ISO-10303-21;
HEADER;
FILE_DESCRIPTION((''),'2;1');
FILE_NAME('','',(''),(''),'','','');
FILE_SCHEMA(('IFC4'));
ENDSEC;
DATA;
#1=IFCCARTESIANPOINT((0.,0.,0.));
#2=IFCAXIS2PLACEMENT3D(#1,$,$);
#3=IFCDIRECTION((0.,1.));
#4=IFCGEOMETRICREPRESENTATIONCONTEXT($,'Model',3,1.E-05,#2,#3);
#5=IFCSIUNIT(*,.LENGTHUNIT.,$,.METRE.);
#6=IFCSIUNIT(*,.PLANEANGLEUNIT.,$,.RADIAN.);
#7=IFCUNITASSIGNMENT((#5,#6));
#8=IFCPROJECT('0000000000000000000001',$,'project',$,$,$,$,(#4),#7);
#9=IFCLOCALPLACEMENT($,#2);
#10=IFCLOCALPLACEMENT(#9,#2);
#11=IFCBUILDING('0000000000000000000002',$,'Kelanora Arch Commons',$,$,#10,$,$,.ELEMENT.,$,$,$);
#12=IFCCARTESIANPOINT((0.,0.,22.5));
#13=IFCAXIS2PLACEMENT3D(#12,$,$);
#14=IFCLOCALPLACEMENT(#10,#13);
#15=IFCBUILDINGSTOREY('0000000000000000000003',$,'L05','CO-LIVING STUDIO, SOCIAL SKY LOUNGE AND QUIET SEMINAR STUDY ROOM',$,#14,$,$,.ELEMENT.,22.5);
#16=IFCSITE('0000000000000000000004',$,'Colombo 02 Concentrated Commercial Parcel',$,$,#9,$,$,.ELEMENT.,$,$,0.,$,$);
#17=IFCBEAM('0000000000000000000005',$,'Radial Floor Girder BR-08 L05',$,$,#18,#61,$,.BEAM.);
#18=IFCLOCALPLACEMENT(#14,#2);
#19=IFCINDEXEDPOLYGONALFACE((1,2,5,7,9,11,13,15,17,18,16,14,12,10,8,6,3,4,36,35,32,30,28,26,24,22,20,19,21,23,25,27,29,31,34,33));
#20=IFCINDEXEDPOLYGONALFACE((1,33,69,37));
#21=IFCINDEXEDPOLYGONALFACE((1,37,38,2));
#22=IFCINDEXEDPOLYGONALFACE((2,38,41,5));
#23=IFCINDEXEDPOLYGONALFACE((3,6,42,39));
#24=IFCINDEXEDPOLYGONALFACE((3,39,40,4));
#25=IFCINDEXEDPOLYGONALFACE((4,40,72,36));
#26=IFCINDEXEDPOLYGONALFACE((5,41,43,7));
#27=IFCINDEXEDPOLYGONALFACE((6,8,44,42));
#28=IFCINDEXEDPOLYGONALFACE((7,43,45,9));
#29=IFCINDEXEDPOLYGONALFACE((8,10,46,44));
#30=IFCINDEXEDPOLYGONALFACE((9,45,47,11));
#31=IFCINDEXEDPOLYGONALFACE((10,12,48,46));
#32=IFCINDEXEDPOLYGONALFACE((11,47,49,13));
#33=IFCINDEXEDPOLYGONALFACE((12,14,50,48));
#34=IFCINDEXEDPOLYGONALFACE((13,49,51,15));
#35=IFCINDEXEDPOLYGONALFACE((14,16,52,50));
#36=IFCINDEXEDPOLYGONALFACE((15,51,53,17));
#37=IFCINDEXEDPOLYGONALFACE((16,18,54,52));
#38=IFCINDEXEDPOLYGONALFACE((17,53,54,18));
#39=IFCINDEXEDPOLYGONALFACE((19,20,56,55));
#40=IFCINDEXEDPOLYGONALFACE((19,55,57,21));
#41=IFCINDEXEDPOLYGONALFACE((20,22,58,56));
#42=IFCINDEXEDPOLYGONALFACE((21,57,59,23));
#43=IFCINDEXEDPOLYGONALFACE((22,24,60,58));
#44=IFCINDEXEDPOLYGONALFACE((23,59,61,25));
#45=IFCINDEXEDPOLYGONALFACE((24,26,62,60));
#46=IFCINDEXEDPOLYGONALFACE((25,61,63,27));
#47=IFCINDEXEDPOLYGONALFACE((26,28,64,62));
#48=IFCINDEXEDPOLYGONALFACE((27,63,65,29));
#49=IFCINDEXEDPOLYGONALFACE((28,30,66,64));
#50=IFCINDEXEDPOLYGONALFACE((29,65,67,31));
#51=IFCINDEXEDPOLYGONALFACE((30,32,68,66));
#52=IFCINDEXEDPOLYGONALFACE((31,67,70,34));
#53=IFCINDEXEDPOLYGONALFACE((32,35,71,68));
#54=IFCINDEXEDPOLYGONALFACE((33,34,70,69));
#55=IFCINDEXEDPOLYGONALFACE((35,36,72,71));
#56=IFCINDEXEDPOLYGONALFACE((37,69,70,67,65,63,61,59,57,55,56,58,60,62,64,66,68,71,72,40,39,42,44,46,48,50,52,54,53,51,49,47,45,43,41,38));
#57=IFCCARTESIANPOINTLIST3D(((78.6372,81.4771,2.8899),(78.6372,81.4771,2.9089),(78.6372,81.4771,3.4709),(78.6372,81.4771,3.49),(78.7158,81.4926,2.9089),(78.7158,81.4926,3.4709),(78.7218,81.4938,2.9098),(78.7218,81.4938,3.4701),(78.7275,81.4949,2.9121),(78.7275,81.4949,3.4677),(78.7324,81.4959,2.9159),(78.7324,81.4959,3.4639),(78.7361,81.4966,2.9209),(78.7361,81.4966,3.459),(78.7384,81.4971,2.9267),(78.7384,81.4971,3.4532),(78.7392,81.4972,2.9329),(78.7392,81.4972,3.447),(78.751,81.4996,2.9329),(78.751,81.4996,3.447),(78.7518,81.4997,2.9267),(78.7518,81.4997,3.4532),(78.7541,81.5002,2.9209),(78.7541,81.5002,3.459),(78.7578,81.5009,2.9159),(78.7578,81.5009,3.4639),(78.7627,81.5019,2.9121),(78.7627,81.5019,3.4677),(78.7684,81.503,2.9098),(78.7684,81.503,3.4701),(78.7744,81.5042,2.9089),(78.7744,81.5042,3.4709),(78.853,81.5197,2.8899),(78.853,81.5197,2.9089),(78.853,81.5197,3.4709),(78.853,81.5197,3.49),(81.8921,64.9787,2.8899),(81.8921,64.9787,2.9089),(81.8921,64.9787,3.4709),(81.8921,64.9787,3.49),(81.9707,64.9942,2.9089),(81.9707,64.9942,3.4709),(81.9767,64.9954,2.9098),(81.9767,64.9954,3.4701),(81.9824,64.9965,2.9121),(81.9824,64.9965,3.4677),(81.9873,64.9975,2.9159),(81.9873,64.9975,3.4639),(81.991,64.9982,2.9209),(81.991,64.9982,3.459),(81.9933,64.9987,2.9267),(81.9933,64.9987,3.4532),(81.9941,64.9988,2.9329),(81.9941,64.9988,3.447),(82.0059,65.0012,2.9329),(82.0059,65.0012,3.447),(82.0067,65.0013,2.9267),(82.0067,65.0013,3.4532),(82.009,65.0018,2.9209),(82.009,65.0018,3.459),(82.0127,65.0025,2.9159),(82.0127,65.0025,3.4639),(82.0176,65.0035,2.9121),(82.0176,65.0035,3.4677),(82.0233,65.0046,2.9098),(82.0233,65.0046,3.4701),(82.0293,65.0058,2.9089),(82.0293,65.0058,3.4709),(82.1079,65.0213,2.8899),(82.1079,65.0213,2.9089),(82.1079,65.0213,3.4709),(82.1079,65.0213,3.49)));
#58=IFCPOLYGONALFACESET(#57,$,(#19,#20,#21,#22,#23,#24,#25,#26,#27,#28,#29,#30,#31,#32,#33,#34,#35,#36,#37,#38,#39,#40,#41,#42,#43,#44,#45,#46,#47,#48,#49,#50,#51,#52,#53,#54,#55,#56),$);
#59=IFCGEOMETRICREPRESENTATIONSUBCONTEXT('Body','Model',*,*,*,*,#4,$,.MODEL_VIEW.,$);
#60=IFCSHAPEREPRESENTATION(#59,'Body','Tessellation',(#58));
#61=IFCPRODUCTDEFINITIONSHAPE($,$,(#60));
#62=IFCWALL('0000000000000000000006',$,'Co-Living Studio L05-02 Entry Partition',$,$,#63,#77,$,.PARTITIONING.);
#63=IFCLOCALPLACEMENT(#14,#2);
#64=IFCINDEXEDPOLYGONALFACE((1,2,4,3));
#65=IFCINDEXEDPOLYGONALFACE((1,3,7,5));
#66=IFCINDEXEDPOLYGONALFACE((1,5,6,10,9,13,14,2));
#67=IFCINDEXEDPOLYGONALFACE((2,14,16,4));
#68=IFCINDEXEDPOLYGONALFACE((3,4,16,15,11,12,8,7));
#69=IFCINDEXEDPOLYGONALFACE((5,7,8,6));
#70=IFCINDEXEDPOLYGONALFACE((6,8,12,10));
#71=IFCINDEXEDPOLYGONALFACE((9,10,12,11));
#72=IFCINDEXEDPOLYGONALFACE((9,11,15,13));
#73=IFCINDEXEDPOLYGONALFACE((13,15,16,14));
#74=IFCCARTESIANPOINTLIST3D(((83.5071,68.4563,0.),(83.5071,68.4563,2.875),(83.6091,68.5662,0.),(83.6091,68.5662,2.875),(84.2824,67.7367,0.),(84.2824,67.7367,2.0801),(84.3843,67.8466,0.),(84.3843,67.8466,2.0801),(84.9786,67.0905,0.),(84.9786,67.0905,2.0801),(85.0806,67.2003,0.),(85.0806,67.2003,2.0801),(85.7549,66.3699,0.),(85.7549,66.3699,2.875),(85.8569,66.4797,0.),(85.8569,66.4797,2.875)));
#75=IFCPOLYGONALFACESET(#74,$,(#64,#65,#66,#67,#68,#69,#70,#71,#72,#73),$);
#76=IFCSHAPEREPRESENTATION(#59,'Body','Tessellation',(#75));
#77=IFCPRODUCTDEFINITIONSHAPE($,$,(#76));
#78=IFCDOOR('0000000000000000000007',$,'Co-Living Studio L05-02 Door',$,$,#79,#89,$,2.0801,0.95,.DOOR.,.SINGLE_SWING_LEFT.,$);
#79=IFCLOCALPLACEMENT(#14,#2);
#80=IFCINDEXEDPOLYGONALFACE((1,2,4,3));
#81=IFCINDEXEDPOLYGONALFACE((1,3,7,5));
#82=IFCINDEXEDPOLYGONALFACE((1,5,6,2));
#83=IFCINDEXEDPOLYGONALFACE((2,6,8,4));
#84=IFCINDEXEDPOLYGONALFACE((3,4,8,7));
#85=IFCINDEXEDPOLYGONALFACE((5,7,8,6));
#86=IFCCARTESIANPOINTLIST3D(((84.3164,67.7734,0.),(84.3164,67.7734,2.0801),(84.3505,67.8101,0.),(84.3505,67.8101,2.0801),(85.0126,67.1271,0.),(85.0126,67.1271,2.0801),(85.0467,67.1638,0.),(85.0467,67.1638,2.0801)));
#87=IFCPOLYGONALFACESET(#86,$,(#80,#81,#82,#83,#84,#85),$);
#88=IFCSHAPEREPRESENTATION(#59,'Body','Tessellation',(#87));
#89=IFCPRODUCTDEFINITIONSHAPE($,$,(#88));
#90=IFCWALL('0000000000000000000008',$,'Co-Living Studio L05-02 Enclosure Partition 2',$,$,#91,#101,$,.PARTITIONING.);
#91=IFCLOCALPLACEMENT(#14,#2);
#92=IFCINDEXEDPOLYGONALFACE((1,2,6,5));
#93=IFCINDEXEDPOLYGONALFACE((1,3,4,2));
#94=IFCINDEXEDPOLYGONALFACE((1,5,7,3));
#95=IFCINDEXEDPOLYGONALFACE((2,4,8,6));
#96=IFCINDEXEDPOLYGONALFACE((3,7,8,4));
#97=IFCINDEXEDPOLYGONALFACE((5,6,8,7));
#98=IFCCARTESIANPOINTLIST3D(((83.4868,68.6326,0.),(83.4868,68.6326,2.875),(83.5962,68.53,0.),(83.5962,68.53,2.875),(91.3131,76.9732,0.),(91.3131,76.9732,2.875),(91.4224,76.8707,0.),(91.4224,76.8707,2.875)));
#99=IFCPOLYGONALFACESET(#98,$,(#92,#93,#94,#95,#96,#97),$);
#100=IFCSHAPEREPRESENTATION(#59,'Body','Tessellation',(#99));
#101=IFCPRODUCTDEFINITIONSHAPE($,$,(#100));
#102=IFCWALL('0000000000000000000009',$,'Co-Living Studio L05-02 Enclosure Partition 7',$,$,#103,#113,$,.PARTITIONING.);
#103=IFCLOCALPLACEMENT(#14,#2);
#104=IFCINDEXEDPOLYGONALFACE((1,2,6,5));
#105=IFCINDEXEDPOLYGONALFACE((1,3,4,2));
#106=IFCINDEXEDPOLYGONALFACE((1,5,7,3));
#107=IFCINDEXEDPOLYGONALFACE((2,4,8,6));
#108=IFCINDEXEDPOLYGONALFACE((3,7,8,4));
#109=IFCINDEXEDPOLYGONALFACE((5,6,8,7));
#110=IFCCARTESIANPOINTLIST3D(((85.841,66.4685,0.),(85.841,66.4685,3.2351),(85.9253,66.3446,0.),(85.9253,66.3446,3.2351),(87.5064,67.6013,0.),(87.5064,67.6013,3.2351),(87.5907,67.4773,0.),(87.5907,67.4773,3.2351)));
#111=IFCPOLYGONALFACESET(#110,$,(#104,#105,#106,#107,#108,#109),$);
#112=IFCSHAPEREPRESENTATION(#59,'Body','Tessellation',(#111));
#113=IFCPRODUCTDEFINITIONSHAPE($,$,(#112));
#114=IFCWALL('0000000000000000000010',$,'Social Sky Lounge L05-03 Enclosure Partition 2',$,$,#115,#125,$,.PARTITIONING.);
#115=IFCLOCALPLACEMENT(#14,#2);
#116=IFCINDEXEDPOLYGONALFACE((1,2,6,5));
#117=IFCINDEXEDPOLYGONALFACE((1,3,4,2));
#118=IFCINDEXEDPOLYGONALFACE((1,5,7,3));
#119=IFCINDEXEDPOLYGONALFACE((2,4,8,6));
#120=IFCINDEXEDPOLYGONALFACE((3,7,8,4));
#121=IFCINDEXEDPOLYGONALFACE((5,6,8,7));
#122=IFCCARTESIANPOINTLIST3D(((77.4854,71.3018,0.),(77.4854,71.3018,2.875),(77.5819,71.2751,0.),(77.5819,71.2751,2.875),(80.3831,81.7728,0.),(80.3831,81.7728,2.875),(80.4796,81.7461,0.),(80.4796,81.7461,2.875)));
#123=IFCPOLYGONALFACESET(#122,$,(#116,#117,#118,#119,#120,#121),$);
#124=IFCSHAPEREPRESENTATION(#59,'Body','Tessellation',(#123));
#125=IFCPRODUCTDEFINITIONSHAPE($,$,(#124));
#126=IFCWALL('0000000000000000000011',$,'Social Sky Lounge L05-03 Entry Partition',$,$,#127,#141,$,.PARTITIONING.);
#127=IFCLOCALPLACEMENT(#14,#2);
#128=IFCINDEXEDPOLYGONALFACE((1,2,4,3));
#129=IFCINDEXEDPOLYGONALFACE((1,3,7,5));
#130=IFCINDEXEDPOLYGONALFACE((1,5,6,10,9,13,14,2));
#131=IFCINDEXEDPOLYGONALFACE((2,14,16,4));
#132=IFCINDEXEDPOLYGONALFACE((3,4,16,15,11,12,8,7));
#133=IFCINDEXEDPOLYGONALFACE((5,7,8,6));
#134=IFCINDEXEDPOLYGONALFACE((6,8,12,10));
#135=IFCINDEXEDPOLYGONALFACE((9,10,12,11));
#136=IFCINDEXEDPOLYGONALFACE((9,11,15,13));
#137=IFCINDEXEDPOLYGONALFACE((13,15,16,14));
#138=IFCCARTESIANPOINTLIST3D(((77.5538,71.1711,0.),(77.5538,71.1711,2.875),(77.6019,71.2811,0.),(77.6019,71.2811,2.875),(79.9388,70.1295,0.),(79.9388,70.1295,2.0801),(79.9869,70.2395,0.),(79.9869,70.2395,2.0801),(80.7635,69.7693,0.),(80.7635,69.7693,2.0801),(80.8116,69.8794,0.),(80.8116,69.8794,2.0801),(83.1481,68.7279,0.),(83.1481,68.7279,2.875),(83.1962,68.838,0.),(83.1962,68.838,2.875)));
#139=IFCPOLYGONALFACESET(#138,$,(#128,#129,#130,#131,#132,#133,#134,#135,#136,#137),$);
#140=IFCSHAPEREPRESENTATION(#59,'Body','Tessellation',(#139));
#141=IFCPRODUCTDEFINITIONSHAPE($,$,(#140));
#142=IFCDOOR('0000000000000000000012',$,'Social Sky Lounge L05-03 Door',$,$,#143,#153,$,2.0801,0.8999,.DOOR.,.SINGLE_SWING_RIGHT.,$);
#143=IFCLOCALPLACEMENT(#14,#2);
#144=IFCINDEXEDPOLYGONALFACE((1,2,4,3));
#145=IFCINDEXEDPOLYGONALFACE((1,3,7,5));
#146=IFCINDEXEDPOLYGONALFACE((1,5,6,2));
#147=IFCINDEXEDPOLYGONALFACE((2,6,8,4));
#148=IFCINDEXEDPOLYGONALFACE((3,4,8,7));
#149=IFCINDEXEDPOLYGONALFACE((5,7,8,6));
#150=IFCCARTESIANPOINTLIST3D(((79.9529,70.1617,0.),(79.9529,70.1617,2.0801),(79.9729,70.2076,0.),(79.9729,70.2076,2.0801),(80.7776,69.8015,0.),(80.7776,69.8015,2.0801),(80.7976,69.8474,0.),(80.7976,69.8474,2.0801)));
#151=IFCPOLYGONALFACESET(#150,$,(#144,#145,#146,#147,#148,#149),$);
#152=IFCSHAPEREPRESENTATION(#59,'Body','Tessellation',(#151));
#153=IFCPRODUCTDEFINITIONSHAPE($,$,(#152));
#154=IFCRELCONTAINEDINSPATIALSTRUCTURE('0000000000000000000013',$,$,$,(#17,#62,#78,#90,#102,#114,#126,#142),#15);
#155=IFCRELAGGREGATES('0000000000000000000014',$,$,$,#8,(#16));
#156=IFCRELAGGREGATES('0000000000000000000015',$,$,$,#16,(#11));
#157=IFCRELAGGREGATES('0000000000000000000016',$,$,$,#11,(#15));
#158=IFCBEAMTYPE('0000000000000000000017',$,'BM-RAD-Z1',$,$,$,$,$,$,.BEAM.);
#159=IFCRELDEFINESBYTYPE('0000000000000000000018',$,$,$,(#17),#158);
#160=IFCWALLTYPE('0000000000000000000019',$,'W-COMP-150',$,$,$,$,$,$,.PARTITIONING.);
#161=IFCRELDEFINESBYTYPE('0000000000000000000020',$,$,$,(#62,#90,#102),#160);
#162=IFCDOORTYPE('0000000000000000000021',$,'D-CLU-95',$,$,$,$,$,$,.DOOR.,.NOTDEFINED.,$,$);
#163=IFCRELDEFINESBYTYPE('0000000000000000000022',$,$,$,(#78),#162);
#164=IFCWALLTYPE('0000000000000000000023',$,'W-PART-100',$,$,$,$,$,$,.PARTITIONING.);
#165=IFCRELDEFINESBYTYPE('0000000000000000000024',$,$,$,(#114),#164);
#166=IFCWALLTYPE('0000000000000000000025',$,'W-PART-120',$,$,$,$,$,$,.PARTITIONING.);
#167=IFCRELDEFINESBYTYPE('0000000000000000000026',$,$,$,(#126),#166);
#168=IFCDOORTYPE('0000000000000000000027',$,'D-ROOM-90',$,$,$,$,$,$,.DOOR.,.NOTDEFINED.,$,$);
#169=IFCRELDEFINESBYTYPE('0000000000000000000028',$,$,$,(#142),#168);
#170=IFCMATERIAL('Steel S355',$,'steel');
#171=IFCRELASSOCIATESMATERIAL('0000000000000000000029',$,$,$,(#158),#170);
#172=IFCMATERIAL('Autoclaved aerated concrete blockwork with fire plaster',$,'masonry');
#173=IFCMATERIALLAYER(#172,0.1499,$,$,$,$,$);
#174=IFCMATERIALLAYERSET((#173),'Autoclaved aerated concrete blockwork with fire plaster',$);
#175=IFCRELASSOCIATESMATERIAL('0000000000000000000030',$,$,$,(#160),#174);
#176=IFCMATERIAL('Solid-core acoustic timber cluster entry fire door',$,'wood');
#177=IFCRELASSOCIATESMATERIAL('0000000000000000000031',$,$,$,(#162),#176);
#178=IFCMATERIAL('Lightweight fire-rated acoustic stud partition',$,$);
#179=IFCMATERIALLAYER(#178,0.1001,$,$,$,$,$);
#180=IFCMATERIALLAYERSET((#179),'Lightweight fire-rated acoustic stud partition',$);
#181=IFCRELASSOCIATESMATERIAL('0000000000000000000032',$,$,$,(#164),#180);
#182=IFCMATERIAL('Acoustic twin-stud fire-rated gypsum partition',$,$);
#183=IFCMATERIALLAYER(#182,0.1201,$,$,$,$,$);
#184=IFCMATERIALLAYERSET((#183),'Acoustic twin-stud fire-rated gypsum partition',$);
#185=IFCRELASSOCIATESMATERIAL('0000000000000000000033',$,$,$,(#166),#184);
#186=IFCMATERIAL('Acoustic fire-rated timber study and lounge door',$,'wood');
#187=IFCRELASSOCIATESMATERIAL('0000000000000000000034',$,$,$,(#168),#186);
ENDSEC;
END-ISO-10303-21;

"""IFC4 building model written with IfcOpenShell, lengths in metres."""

from ifc_helpers import new_model, si_unit, direction, frame, frame_2d, origin, origin_2d, place, context, subcontext, project, spatial, rectangle, i_section, extrude, material, layer, layer_set, material_profile, profile_set, type_object, element, fill, save


model = new_model("IFC4")

# Units and contexts
model_context = context("Model", 3, precision=1e-05, world=origin(), true_north=direction((0.0, 1.0)))
body_context = subcontext(model_context, "Body", "Model", "MODEL_VIEW")
ifc_project = project(units=[si_unit("LENGTHUNIT", "METRE"), si_unit("PLANEANGLEUNIT", "RADIAN")], contexts=[model_context])

# Site, building, storey
site_placement = place(None, origin())
site = spatial("IfcSite", under=ifc_project, at=site_placement, Name="Colombo 02 Concentrated Commercial Parcel", CompositionType="ELEMENT", RefElevation=0.0)
building_placement = place(site_placement, origin())
building = spatial("IfcBuilding", under=site, at=building_placement, Name="Kelanora Arch Commons", CompositionType="ELEMENT")
storey_placement = place(building_placement, frame((0.0, 0.0, 22.5)))
storey = spatial("IfcBuildingStorey", under=building, at=storey_placement, Name="L05", Description="CO-LIVING STUDIO, SOCIAL SKY LOUNGE AND QUIET SEMINAR STUDY ROOM", CompositionType="ELEMENT", Elevation=22.5)

# Beam
ifc_material_1 = material(Name="Steel S355", Category="steel")
ifc_material_profile_1 = material_profile(ifc_material_1, i_section(OverallWidth=0.22, OverallDepth=0.6001, WebThickness=0.012, FlangeThickness=0.019, FilletRadius=0.0239, at=origin_2d()), Name="IPE600")
ifc_profile_set_1 = profile_set([ifc_material_profile_1], Name="Steel S355")
beam_type_1 = type_object("IfcBeamType", Name="BM-RAD-Z1", PredefinedType="BEAM", material=ifc_profile_set_1)
beam_1_placement = place(storey_placement, frame((82.0, 65.0, 3.1899), z_axis=(-0.193555, 0.981089, 0.0), x_axis=(-0.981089, -0.193555, 0.0)))
element("IfcBeam", 1, at=beam_1_placement, inside=storey, type_object=beam_type_1, Name="Radial Floor Girder BR-08 L05", PredefinedType="BEAM", context=body_context, shape_type="SweptSolid", body=[
    extrude(i_section(OverallWidth=0.22, OverallDepth=0.6001, WebThickness=0.012, FlangeThickness=0.019, FilletRadius=0.0239, at=origin_2d()), origin(), (0.0, 0.0, 1.0), 16.8164),
])

# Wall, opening, door
ifc_material_2 = material(Name="Autoclaved aerated concrete blockwork with fire plaster", Category="masonry")
ifc_layer_1 = layer(ifc_material_2, 0.1499)
ifc_layer_set_1 = layer_set([ifc_layer_1], Name="Autoclaved aerated concrete blockwork with fire plaster")
wall_type_1 = type_object("IfcWallType", Name="W-COMP-150", PredefinedType="PARTITIONING", material=ifc_layer_set_1)
wall_1_placement = place(storey_placement, frame((85.8059, 66.4248, 0.0), z_axis=(0.0, 0.0, 1.0), x_axis=(-0.732927, 0.680308, 0.0)))
wall_1 = element("IfcWall", 2, at=wall_1_placement, inside=storey, type_object=wall_type_1, Name="Co-Living Studio L05-02 Entry Partition", PredefinedType="PARTITIONING", context=body_context, shape_type="SweptSolid", body=[
    extrude(rectangle(XDim=3.0669, YDim=0.1499, at=frame_2d((1.5334, 0.0))), origin(), (0.0, 0.0, 1.0), 2.875),
])
opening_1_placement = place(wall_1_placement, frame((1.0591, 0.0, 0.0)))
opening_1 = element("IfcOpeningElement", 3, at=opening_1_placement, cuts=wall_1, PredefinedType="OPENING", context=body_context, shape_type="SweptSolid", body=[
    extrude(rectangle(XDim=0.95, YDim=2.0801, at=frame_2d((0.4751, 1.04))), frame((0.0, 0.085, 0.0), z_axis=(0.0, -1.0, 0.0), x_axis=(1.0, 0.0, 0.0)), (0.0, 0.0, 1.0), 0.1699),
])
ifc_material_3 = material(Name="Solid-core acoustic timber cluster entry fire door", Category="wood")
door_type_1 = type_object("IfcDoorType", Name="D-CLU-95", OperationType="NOTDEFINED", PredefinedType="DOOR", material=ifc_material_3)
door_1_placement = place(opening_1_placement, origin())
door_1 = element("IfcDoor", 4, at=door_1_placement, inside=storey, type_object=door_type_1, Name="Co-Living Studio L05-02 Door", OperationType="SINGLE_SWING_LEFT", OverallHeight=2.0801, OverallWidth=0.95, PredefinedType="DOOR", context=body_context, shape_type="SweptSolid", body=[
    extrude(rectangle(XDim=0.95, YDim=2.0801, at=frame_2d((0.4751, 1.04))), frame((0.0, 0.0249, 0.0), z_axis=(0.0, -1.0, 0.0), x_axis=(1.0, 0.0, 0.0)), (0.0, 0.0, 1.0), 0.05),
])
fill(opening_1, door_1)

# Walls
wall_2_placement = place(storey_placement, frame((83.5415, 68.5813, 0.0), z_axis=(0.0, 0.0, 1.0), x_axis=(0.684261, 0.729237, 0.0)))
element("IfcWall", 5, at=wall_2_placement, inside=storey, type_object=wall_type_1, Name="Co-Living Studio L05-02 Enclosure Partition 2", PredefinedType="PARTITIONING", context=body_context, shape_type="SweptSolid", body=[
    extrude(rectangle(XDim=11.4375, YDim=0.1499, at=frame_2d((5.7188, 0.0))), origin(), (0.0, 0.0, 1.0), 2.875),
])
wall_3_placement = place(storey_placement, frame((87.5486, 67.5393, 0.0), z_axis=(0.0, 0.0, 1.0), x_axis=(-0.826868, -0.562396, 0.0)))
element("IfcWall", 6, at=wall_3_placement, inside=storey, type_object=wall_type_1, Name="Co-Living Studio L05-02 Enclosure Partition 7", PredefinedType="PARTITIONING", context=body_context, shape_type="SweptSolid", body=[
    extrude(rectangle(XDim=2.0142, YDim=0.1499, at=frame_2d((1.0071, 0.0))), origin(), (0.0, 0.0, 1.0), 3.2351),
])
ifc_material_4 = material(Name="Lightweight fire-rated acoustic stud partition")
ifc_layer_2 = layer(ifc_material_4, 0.1001)
ifc_layer_set_2 = layer_set([ifc_layer_2], Name="Lightweight fire-rated acoustic stud partition")
wall_type_2 = type_object("IfcWallType", Name="W-PART-100", PredefinedType="PARTITIONING", material=ifc_layer_set_2)
wall_4_placement = place(storey_placement, frame((77.5337, 71.2886, 0.0), z_axis=(0.0, 0.0, 1.0), x_axis=(0.266713, 0.963776, 0.0)))
element("IfcWall", 7, at=wall_4_placement, inside=storey, type_object=wall_type_2, Name="Social Sky Lounge L05-03 Enclosure Partition 2", PredefinedType="PARTITIONING", context=body_context, shape_type="SweptSolid", body=[
    extrude(rectangle(XDim=10.8645, YDim=0.1001, at=frame_2d((5.4321, 0.0))), origin(), (0.0, 0.0, 1.0), 2.875),
])

# Wall, opening, door
ifc_material_5 = material(Name="Acoustic twin-stud fire-rated gypsum partition")
ifc_layer_3 = layer(ifc_material_5, 0.1201)
ifc_layer_set_3 = layer_set([ifc_layer_3], Name="Acoustic twin-stud fire-rated gypsum partition")
wall_type_3 = type_object("IfcWallType", Name="W-PART-120", PredefinedType="PARTITIONING", material=ifc_layer_set_3)
wall_5_placement = place(storey_placement, frame((83.1721, 68.783, 0.0), z_axis=(0.0, 0.0, 1.0), x_axis=(-0.91642, 0.400219, 0.0)))
wall_5 = element("IfcWall", 8, at=wall_5_placement, inside=storey, type_object=wall_type_3, Name="Social Sky Lounge L05-03 Entry Partition", PredefinedType="PARTITIONING", context=body_context, shape_type="SweptSolid", body=[
    extrude(rectangle(XDim=6.1045, YDim=0.1201, at=frame_2d((3.0522, 0.0))), origin(), (0.0, 0.0, 1.0), 2.875),
])
opening_2_placement = place(wall_5_placement, frame((2.6021, 0.0, 0.0)))
opening_2 = element("IfcOpeningElement", 9, at=opening_2_placement, cuts=wall_5, PredefinedType="OPENING", context=body_context, shape_type="SweptSolid", body=[
    extrude(rectangle(XDim=0.8999, YDim=2.0801, at=frame_2d((0.45, 1.04))), frame((0.0, 0.0701, 0.0), z_axis=(0.0, -1.0, 0.0), x_axis=(1.0, 0.0, 0.0)), (0.0, 0.0, 1.0), 0.1401),
])
ifc_material_6 = material(Name="Acoustic fire-rated timber study and lounge door", Category="wood")
door_type_2 = type_object("IfcDoorType", Name="D-ROOM-90", OperationType="NOTDEFINED", PredefinedType="DOOR", material=ifc_material_6)
door_2_placement = place(opening_2_placement, origin())
door_2 = element("IfcDoor", 10, at=door_2_placement, inside=storey, type_object=door_type_2, Name="Social Sky Lounge L05-03 Door", OperationType="SINGLE_SWING_RIGHT", OverallHeight=2.0801, OverallWidth=0.8999, PredefinedType="DOOR", context=body_context, shape_type="SweptSolid", body=[
    extrude(rectangle(XDim=0.8999, YDim=2.0801, at=frame_2d((0.45, 1.04))), frame((0.0, 0.0249, 0.0), z_axis=(0.0, -1.0, 0.0), x_axis=(1.0, 0.0, 0.0)), (0.0, 0.0, 1.0), 0.05),
])
fill(opening_2, door_2)

save(model, "model.ifc")
